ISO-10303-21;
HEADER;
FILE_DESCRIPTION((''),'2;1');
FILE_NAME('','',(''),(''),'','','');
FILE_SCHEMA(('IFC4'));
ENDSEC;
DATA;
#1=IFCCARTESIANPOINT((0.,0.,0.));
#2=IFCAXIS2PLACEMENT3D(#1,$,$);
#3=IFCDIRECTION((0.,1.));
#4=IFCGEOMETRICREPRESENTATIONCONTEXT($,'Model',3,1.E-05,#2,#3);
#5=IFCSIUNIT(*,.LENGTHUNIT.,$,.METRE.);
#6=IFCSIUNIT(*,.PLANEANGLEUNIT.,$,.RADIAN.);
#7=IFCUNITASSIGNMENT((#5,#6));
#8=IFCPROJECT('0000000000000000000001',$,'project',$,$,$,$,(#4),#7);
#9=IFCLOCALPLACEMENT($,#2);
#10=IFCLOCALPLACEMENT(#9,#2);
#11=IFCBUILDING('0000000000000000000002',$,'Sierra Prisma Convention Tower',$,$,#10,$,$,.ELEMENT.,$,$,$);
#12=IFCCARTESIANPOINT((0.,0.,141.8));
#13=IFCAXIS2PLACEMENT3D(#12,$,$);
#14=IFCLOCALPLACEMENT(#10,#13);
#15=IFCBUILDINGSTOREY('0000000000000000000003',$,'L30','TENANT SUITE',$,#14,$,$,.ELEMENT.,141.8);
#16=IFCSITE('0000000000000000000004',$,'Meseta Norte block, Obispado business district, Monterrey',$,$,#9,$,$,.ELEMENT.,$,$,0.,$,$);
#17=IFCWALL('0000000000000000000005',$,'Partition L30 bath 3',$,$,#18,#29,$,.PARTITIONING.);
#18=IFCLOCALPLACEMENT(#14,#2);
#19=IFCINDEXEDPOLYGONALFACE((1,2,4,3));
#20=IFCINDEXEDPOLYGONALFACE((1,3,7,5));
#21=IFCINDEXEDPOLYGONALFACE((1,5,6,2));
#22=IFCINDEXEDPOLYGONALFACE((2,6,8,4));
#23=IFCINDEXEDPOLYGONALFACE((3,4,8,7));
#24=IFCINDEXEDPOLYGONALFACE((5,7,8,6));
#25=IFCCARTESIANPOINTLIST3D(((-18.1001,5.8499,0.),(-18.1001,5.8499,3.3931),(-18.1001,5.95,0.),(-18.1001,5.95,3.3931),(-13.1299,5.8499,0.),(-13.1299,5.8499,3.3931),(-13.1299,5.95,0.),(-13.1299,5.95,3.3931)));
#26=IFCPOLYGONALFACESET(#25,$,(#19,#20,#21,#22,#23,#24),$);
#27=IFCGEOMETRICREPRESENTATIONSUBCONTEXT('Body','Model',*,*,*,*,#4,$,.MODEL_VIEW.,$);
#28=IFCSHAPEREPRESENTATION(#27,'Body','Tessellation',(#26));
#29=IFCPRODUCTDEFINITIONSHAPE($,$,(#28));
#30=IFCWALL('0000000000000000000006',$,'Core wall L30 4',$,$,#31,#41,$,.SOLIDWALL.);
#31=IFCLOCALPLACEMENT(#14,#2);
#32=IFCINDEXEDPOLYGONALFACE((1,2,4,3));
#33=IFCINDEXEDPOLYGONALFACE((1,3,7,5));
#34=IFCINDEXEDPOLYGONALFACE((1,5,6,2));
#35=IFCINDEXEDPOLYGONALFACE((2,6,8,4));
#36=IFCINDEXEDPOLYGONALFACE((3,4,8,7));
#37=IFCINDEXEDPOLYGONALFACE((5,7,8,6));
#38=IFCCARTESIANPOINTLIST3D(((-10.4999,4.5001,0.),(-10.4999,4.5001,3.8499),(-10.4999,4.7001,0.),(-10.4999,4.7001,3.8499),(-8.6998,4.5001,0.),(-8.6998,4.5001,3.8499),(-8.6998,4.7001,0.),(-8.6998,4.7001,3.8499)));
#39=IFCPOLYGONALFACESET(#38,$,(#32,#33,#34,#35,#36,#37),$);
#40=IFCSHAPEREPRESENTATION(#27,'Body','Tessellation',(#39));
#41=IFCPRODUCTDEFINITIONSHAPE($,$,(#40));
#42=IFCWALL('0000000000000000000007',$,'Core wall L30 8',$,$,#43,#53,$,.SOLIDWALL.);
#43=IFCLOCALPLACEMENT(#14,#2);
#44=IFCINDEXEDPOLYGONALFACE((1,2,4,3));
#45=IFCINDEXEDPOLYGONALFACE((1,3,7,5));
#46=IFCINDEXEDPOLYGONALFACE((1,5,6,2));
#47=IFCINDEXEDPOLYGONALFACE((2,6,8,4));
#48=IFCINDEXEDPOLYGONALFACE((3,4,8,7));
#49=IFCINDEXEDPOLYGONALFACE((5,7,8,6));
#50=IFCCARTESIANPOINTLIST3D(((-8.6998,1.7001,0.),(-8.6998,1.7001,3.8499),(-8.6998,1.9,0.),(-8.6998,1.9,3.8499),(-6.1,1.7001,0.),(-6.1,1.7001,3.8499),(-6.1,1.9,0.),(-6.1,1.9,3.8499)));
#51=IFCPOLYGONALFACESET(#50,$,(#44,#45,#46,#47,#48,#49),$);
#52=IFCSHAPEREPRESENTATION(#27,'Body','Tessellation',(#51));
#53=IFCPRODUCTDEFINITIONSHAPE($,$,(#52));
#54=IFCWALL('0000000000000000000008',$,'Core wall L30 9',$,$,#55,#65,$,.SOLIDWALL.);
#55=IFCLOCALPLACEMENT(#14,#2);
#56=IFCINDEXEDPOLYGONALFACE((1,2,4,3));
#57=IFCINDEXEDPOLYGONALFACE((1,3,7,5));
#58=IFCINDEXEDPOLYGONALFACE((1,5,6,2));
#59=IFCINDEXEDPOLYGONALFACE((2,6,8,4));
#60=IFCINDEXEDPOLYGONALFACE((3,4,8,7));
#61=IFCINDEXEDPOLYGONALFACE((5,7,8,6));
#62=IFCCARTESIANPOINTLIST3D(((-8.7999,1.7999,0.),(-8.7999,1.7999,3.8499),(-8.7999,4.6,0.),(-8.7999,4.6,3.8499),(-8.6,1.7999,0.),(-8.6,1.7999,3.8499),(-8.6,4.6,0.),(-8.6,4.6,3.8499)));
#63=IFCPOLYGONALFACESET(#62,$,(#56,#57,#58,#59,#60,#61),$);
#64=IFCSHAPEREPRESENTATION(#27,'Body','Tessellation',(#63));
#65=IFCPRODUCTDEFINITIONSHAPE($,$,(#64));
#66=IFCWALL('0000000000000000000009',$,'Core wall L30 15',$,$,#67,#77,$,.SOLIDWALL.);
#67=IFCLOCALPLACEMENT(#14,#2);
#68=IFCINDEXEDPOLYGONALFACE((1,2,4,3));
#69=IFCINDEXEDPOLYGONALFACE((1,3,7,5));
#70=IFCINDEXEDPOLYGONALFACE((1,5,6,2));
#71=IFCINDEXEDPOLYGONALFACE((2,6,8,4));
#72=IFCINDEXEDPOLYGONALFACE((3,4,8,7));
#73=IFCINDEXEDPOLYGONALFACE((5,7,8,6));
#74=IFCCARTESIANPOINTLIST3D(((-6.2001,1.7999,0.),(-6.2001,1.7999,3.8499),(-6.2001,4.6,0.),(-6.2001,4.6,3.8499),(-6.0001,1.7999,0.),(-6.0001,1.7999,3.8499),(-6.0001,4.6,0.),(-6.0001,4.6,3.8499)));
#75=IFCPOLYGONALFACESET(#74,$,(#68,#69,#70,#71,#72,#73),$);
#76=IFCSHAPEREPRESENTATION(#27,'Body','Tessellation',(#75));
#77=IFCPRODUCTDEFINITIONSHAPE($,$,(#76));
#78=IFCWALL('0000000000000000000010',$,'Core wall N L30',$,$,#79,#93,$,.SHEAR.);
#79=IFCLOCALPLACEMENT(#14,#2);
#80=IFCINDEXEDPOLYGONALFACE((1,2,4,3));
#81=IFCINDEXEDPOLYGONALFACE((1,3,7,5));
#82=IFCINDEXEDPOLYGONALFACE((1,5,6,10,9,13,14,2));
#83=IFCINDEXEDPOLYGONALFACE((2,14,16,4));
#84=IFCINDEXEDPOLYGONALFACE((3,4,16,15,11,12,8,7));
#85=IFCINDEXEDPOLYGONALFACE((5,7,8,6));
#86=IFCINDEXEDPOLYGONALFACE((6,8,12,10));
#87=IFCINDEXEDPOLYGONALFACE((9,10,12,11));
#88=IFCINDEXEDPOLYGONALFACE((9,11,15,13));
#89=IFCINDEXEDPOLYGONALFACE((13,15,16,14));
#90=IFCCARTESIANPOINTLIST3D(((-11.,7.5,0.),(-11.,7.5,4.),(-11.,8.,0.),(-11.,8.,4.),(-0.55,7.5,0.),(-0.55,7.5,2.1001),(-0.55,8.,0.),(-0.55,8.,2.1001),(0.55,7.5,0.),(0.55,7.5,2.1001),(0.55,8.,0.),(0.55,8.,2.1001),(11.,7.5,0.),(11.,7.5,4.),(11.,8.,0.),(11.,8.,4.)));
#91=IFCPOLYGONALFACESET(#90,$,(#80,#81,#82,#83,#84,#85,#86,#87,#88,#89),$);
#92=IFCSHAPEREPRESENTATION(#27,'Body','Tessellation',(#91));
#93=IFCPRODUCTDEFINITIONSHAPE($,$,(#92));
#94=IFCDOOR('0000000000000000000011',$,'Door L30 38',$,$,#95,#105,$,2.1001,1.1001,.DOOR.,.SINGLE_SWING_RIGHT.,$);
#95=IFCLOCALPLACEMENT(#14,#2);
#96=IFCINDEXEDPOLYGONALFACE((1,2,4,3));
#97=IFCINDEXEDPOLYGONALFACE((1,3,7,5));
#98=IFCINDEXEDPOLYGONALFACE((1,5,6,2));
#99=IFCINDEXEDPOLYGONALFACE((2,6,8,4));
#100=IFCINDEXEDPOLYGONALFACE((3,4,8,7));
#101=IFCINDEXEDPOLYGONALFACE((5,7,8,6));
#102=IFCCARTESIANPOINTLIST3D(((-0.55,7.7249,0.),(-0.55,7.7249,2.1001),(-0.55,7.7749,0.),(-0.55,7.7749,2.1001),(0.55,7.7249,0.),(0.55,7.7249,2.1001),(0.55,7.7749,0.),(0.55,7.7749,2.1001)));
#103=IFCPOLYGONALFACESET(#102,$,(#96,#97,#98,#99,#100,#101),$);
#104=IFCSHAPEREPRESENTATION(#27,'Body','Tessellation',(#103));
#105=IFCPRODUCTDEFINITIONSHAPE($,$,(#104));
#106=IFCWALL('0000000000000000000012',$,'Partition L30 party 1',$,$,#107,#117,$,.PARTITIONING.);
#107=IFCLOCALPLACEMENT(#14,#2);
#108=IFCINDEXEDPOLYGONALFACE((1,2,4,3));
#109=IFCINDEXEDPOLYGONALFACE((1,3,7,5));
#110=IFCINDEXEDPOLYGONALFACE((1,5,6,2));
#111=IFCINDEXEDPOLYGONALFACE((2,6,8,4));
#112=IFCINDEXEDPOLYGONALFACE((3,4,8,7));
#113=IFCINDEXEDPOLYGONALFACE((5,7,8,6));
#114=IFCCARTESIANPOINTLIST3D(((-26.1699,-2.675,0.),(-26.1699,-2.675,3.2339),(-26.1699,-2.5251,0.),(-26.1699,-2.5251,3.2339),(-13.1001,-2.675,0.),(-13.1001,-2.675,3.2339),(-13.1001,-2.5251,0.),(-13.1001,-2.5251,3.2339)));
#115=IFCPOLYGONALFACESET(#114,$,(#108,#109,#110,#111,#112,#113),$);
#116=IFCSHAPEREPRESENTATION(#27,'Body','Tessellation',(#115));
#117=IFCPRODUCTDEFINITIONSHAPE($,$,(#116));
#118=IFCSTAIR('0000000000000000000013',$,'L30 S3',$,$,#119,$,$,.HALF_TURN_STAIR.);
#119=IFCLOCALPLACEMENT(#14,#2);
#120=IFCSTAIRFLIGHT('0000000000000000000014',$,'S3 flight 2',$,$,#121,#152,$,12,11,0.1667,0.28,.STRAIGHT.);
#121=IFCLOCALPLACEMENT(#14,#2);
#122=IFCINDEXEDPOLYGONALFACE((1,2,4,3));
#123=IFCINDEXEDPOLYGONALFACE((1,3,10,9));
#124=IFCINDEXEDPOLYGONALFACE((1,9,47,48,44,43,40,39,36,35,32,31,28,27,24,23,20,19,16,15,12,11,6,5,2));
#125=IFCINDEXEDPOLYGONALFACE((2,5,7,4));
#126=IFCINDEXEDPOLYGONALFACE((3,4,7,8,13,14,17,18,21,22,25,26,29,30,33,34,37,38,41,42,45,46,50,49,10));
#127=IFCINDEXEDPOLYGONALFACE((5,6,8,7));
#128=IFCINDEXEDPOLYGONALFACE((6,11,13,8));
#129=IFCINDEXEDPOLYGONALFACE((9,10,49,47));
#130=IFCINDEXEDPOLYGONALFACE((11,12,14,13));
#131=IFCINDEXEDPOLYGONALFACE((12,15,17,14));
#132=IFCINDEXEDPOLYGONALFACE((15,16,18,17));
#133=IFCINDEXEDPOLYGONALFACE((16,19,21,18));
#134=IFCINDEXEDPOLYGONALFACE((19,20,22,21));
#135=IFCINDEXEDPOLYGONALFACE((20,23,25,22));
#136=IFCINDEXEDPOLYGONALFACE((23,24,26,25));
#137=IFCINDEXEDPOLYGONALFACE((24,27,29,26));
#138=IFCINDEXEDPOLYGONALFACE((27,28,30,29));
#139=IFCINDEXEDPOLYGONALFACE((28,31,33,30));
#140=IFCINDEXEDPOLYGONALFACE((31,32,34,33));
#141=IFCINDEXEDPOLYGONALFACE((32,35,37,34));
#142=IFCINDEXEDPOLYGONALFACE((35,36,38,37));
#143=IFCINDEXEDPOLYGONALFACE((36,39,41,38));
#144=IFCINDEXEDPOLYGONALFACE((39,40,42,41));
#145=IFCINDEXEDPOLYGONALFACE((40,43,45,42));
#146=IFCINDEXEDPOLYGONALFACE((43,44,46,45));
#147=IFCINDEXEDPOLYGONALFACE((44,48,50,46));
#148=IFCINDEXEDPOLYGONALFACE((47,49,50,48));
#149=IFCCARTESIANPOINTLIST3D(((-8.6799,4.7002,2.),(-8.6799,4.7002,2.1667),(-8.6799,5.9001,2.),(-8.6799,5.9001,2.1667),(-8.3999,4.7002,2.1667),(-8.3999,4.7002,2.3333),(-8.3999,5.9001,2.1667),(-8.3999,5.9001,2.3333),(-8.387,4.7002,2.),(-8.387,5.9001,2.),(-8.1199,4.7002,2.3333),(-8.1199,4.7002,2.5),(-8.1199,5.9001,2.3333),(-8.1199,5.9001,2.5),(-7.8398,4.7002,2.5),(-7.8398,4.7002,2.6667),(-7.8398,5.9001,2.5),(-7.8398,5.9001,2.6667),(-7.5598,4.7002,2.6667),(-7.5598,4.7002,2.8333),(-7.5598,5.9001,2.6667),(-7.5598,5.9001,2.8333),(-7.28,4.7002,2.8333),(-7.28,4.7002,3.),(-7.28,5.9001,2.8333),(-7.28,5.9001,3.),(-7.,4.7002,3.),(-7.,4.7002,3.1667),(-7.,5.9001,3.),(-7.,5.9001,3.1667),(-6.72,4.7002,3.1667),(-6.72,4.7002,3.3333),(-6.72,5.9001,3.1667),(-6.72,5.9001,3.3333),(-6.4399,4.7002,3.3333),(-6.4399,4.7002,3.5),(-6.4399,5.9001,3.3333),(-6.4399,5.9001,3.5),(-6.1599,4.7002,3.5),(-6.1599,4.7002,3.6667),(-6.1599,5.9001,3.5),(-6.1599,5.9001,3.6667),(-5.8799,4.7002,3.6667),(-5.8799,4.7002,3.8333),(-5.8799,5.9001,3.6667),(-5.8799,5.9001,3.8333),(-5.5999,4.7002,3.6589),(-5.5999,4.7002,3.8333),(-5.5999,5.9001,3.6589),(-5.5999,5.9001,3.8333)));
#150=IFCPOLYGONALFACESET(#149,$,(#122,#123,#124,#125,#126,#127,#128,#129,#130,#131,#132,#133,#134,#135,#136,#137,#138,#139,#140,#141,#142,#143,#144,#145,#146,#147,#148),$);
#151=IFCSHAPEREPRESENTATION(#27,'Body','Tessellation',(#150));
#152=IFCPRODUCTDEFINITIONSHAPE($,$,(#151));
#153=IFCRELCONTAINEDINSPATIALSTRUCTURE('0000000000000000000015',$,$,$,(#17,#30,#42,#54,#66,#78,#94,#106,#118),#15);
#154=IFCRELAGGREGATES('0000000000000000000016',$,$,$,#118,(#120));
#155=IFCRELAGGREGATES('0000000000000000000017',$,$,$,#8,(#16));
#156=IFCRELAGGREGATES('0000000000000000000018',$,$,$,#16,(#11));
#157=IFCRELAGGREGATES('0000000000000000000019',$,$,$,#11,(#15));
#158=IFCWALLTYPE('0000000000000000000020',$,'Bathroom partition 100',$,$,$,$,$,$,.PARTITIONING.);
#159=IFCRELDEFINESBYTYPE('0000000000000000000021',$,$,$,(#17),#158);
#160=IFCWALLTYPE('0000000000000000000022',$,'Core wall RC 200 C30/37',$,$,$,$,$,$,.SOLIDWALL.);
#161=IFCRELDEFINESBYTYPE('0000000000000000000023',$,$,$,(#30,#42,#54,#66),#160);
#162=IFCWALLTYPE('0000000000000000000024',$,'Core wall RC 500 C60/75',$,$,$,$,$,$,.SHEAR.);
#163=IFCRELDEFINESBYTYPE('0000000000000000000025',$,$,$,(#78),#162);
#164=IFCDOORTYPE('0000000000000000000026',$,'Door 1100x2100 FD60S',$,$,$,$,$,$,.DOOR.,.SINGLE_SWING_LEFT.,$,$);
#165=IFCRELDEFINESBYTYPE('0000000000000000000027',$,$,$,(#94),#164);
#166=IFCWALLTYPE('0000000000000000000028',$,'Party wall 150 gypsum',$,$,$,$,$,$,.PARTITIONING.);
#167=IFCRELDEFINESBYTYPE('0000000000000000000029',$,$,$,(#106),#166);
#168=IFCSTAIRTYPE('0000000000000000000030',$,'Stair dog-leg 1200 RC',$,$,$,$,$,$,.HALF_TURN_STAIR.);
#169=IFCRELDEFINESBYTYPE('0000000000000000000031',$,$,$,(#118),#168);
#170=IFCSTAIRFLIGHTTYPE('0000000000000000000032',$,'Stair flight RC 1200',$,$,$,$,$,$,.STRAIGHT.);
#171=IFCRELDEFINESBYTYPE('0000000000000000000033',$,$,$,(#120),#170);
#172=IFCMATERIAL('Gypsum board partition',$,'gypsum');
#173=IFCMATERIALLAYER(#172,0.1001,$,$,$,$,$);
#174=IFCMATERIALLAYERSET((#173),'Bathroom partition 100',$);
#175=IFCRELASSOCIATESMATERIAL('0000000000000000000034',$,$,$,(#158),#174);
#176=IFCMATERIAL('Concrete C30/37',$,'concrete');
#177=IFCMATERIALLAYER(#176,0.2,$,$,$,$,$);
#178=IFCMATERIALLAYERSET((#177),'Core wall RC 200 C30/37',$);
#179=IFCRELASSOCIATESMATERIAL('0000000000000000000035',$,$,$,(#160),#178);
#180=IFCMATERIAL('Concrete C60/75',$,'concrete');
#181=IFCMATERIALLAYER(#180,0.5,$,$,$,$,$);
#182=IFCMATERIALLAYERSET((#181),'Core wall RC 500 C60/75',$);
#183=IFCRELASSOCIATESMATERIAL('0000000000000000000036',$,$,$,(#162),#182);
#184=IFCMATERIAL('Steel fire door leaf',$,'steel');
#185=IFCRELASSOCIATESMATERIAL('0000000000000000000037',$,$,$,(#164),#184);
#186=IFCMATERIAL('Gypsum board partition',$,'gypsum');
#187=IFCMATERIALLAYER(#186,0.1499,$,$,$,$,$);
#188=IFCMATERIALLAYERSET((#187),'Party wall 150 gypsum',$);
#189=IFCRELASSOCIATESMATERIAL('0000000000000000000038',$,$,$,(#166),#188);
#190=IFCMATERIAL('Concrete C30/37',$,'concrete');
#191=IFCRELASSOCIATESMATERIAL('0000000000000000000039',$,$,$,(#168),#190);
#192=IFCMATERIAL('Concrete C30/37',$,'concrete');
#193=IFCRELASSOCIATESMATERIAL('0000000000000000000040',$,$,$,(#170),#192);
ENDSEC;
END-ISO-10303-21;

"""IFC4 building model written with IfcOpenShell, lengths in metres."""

from ifc_helpers import new_model, si_unit, direction, frame, frame_2d, origin, place, context, subcontext, project, spatial, polyline, rectangle, outline, extrude, material, layer, layer_set, type_object, element, fill, aggregate, save


model = new_model("IFC4")

# Units and contexts
model_context = context("Model", 3, precision=1e-05, world=origin(), true_north=direction((0.0, 1.0)))
body_context = subcontext(model_context, "Body", "Model", "MODEL_VIEW")
ifc_project = project(units=[si_unit("LENGTHUNIT", "METRE"), si_unit("PLANEANGLEUNIT", "RADIAN")], contexts=[model_context])

# Site, building, storey
site_placement = place(None, origin())
site = spatial("IfcSite", under=ifc_project, at=site_placement, Name="Meseta Norte block, Obispado business district, Monterrey", CompositionType="ELEMENT", RefElevation=0.0)
building_placement = place(site_placement, origin())
building = spatial("IfcBuilding", under=site, at=building_placement, Name="Sierra Prisma Convention Tower", CompositionType="ELEMENT")
storey_placement = place(building_placement, frame((0.0, 0.0, 141.8)))
storey = spatial("IfcBuildingStorey", under=building, at=storey_placement, Name="L30", Description="TENANT SUITE", CompositionType="ELEMENT", Elevation=141.8)

# Wall
ifc_material_1 = material(Name="Gypsum board partition", Category="gypsum")
ifc_layer_1 = layer(ifc_material_1, 0.1001)
ifc_layer_set_1 = layer_set([ifc_layer_1], Name="Bathroom partition 100")
wall_type_1 = type_object("IfcWallType", Name="Bathroom partition 100", PredefinedType="PARTITIONING", material=ifc_layer_set_1)
wall_1_placement = place(storey_placement, frame((-13.1299, 5.8999, 0.0), z_axis=(0.0, 0.0, 1.0), x_axis=(-1.0, 0.0, 0.0)))
element("IfcWall", 1, at=wall_1_placement, inside=storey, type_object=wall_type_1, Name="Partition L30 bath 3", PredefinedType="PARTITIONING", context=body_context, shape_type="SweptSolid", body=[
    extrude(rectangle(XDim=4.9702, YDim=0.1001, at=frame_2d((2.4851, 0.0))), origin(), (0.0, 0.0, 1.0), 3.3931),
])

# Shared definitions
ifc_material_2 = material(Name="Concrete C30/37", Category="concrete")
ifc_layer_2 = layer(ifc_material_2, 0.2)
ifc_layer_set_2 = layer_set([ifc_layer_2], Name="Core wall RC 200 C30/37")
wall_type_2 = type_object("IfcWallType", Name="Core wall RC 200 C30/37", PredefinedType="SOLIDWALL", material=ifc_layer_set_2)

# Wall
wall_2_placement = place(storey_placement, frame((-8.7, 4.6001, 0.0), z_axis=(0.0, 0.0, 1.0), x_axis=(-1.0, 0.0, 0.0)))
element("IfcWall", 2, at=wall_2_placement, inside=storey, type_object=wall_type_2, Name="Core wall L30 4", PredefinedType="SOLIDWALL", context=body_context, shape_type="SweptSolid", body=[
    extrude(rectangle(XDim=1.8, YDim=0.2, at=frame_2d((0.8999, 0.0))), origin(), (0.0, 0.0, 1.0), 3.8499),
])

# Walls
wall_3_placement = place(storey_placement, frame((-6.1001, 1.8, 0.0), z_axis=(0.0, 0.0, 1.0), x_axis=(-1.0, 0.0, 0.0)))
element("IfcWall", 3, at=wall_3_placement, inside=storey, type_object=wall_type_2, Name="Core wall L30 8", PredefinedType="SOLIDWALL", context=body_context, shape_type="SweptSolid", body=[
    extrude(rectangle(XDim=2.5999, YDim=0.2, at=frame_2d((1.2998, 0.0))), origin(), (0.0, 0.0, 1.0), 3.8499),
])
wall_4_placement = place(storey_placement, frame((-8.7, 1.8, 0.0), z_axis=(0.0, 0.0, 1.0), x_axis=(0.0, 1.0, 0.0)))
element("IfcWall", 4, at=wall_4_placement, inside=storey, type_object=wall_type_2, Name="Core wall L30 9", PredefinedType="SOLIDWALL", context=body_context, shape_type="SweptSolid", body=[
    extrude(rectangle(XDim=2.8, YDim=0.2, at=frame_2d((1.3999, 0.0))), origin(), (0.0, 0.0, 1.0), 3.8499),
])

# Wall
wall_5_placement = place(storey_placement, frame((-6.1001, 1.8, 0.0), z_axis=(0.0, 0.0, 1.0), x_axis=(0.0, 1.0, 0.0)))
element("IfcWall", 5, at=wall_5_placement, inside=storey, type_object=wall_type_2, Name="Core wall L30 15", PredefinedType="SOLIDWALL", context=body_context, shape_type="SweptSolid", body=[
    extrude(rectangle(XDim=2.8, YDim=0.2, at=frame_2d((1.3999, 0.0))), origin(), (0.0, 0.0, 1.0), 3.8499),
])

# Wall, opening, door
ifc_material_3 = material(Name="Concrete C60/75", Category="concrete")
ifc_layer_3 = layer(ifc_material_3, 0.5)
ifc_layer_set_3 = layer_set([ifc_layer_3], Name="Core wall RC 500 C60/75")
wall_type_3 = type_object("IfcWallType", Name="Core wall RC 500 C60/75", PredefinedType="SHEAR", material=ifc_layer_set_3)
wall_6_placement = place(storey_placement, frame((-11.0, 7.75, 0.0), z_axis=(0.0, 0.0, 1.0), x_axis=(1.0, 0.0, 0.0)))
wall_6 = element("IfcWall", 6, at=wall_6_placement, inside=storey, type_object=wall_type_3, Name="Core wall N L30", PredefinedType="SHEAR", context=body_context, shape_type="SweptSolid", body=[
    extrude(rectangle(XDim=22.0, YDim=0.5, at=frame_2d((11.0, 0.0))), origin(), (0.0, 0.0, 1.0), 4.0),
])
opening_1_placement = place(wall_6_placement, frame((10.45, 0.0, 0.0)))
opening_1 = element("IfcOpeningElement", 7, at=opening_1_placement, cuts=wall_6, PredefinedType="OPENING", context=body_context, shape_type="SweptSolid", body=[
    extrude(rectangle(XDim=1.1001, YDim=2.1001, at=frame_2d((0.55, 1.05))), frame((0.0, 0.25, 0.0), z_axis=(0.0, -1.0, 0.0), x_axis=(1.0, 0.0, 0.0)), (0.0, 0.0, 1.0), 0.5),
])
ifc_material_4 = material(Name="Steel fire door leaf", Category="steel")
door_type_1 = type_object("IfcDoorType", Name="Door 1100x2100 FD60S", OperationType="SINGLE_SWING_LEFT", PredefinedType="DOOR", material=ifc_material_4)
door_1_placement = place(opening_1_placement, origin())
door_1 = element("IfcDoor", 8, at=door_1_placement, inside=storey, type_object=door_type_1, Name="Door L30 38", OperationType="SINGLE_SWING_RIGHT", OverallHeight=2.1001, OverallWidth=1.1001, PredefinedType="DOOR", context=body_context, shape_type="SweptSolid", body=[
    extrude(rectangle(XDim=1.1001, YDim=2.1001, at=frame_2d((0.55, 1.05))), frame((0.0, 0.0249, 0.0), z_axis=(0.0, -1.0, 0.0), x_axis=(1.0, 0.0, 0.0)), (0.0, 0.0, 1.0), 0.05),
])
fill(opening_1, door_1)

# Wall
ifc_material_5 = material(Name="Gypsum board partition", Category="gypsum")
ifc_layer_4 = layer(ifc_material_5, 0.1499)
ifc_layer_set_4 = layer_set([ifc_layer_4], Name="Party wall 150 gypsum")
wall_type_4 = type_object("IfcWallType", Name="Party wall 150 gypsum", PredefinedType="PARTITIONING", material=ifc_layer_set_4)
wall_7_placement = place(storey_placement, frame((-13.1001, -2.6001, 0.0), z_axis=(0.0, 0.0, 1.0), x_axis=(-1.0, 0.0, 0.0)))
element("IfcWall", 9, at=wall_7_placement, inside=storey, type_object=wall_type_4, Name="Partition L30 party 1", PredefinedType="PARTITIONING", context=body_context, shape_type="SweptSolid", body=[
    extrude(rectangle(XDim=13.0698, YDim=0.1499, at=frame_2d((6.5349, 0.0))), origin(), (0.0, 0.0, 1.0), 3.2339),
])

# Stair, stair flight
ifc_material_6 = material(Name="Concrete C30/37", Category="concrete")
stair_type = type_object("IfcStairType", Name="Stair dog-leg 1200 RC", PredefinedType="HALF_TURN_STAIR", material=ifc_material_6)
stair_placement = place(storey_placement, origin())
stair = element("IfcStair", 10, at=stair_placement, inside=storey, type_object=stair_type, Name="L30 S3", PredefinedType="HALF_TURN_STAIR")
ifc_material_7 = material(Name="Concrete C30/37", Category="concrete")
stair_flight_type = type_object("IfcStairFlightType", Name="Stair flight RC 1200", PredefinedType="STRAIGHT", material=ifc_material_7)
stair_flight_placement = place(storey_placement, frame((-8.6799, 5.3, 2.0), z_axis=(0.0, 0.0, 1.0), x_axis=(1.0, 0.0, 0.0)))
stair_flight = element("IfcStairFlight", 11, at=stair_flight_placement, type_object=stair_flight_type, Name="S3 flight 2", NumberOfRisers=12, NumberOfTreads=11, PredefinedType="STRAIGHT", RiserHeight=0.1667, TreadLength=0.28, context=body_context, shape_type="SweptSolid", body=[
    extrude(outline(polyline([(0.0, 0.0), (0.0, 0.1667), (0.28, 0.1667), (0.28, 0.3333), (0.5601, 0.3333), (0.5601, 0.5), (0.8401, 0.5), (0.8401, 0.6667), (1.1201, 0.6667), (1.1201, 0.8333), (1.3999, 0.8333), (1.3999, 1.0), (1.6799, 1.0), (1.6799, 1.1667), (1.96, 1.1667), (1.96, 1.3333), (2.24, 1.3333), (2.24, 1.5), (2.52, 1.5), (2.52, 1.6667), (2.8, 1.6667), (2.8, 1.8333), (3.0801, 1.8333), (3.0801, 2.0), (3.0801, 1.6589), (0.293, 0.0), (0.0, 0.0)])), frame((0.0, 0.6001, 0.0), z_axis=(0.0, -1.0, 0.0), x_axis=(1.0, 0.0, 0.0)), (0.0, 0.0, 1.0), 1.2),
])
aggregate(stair, [stair_flight])

save(model, "model.ifc")
